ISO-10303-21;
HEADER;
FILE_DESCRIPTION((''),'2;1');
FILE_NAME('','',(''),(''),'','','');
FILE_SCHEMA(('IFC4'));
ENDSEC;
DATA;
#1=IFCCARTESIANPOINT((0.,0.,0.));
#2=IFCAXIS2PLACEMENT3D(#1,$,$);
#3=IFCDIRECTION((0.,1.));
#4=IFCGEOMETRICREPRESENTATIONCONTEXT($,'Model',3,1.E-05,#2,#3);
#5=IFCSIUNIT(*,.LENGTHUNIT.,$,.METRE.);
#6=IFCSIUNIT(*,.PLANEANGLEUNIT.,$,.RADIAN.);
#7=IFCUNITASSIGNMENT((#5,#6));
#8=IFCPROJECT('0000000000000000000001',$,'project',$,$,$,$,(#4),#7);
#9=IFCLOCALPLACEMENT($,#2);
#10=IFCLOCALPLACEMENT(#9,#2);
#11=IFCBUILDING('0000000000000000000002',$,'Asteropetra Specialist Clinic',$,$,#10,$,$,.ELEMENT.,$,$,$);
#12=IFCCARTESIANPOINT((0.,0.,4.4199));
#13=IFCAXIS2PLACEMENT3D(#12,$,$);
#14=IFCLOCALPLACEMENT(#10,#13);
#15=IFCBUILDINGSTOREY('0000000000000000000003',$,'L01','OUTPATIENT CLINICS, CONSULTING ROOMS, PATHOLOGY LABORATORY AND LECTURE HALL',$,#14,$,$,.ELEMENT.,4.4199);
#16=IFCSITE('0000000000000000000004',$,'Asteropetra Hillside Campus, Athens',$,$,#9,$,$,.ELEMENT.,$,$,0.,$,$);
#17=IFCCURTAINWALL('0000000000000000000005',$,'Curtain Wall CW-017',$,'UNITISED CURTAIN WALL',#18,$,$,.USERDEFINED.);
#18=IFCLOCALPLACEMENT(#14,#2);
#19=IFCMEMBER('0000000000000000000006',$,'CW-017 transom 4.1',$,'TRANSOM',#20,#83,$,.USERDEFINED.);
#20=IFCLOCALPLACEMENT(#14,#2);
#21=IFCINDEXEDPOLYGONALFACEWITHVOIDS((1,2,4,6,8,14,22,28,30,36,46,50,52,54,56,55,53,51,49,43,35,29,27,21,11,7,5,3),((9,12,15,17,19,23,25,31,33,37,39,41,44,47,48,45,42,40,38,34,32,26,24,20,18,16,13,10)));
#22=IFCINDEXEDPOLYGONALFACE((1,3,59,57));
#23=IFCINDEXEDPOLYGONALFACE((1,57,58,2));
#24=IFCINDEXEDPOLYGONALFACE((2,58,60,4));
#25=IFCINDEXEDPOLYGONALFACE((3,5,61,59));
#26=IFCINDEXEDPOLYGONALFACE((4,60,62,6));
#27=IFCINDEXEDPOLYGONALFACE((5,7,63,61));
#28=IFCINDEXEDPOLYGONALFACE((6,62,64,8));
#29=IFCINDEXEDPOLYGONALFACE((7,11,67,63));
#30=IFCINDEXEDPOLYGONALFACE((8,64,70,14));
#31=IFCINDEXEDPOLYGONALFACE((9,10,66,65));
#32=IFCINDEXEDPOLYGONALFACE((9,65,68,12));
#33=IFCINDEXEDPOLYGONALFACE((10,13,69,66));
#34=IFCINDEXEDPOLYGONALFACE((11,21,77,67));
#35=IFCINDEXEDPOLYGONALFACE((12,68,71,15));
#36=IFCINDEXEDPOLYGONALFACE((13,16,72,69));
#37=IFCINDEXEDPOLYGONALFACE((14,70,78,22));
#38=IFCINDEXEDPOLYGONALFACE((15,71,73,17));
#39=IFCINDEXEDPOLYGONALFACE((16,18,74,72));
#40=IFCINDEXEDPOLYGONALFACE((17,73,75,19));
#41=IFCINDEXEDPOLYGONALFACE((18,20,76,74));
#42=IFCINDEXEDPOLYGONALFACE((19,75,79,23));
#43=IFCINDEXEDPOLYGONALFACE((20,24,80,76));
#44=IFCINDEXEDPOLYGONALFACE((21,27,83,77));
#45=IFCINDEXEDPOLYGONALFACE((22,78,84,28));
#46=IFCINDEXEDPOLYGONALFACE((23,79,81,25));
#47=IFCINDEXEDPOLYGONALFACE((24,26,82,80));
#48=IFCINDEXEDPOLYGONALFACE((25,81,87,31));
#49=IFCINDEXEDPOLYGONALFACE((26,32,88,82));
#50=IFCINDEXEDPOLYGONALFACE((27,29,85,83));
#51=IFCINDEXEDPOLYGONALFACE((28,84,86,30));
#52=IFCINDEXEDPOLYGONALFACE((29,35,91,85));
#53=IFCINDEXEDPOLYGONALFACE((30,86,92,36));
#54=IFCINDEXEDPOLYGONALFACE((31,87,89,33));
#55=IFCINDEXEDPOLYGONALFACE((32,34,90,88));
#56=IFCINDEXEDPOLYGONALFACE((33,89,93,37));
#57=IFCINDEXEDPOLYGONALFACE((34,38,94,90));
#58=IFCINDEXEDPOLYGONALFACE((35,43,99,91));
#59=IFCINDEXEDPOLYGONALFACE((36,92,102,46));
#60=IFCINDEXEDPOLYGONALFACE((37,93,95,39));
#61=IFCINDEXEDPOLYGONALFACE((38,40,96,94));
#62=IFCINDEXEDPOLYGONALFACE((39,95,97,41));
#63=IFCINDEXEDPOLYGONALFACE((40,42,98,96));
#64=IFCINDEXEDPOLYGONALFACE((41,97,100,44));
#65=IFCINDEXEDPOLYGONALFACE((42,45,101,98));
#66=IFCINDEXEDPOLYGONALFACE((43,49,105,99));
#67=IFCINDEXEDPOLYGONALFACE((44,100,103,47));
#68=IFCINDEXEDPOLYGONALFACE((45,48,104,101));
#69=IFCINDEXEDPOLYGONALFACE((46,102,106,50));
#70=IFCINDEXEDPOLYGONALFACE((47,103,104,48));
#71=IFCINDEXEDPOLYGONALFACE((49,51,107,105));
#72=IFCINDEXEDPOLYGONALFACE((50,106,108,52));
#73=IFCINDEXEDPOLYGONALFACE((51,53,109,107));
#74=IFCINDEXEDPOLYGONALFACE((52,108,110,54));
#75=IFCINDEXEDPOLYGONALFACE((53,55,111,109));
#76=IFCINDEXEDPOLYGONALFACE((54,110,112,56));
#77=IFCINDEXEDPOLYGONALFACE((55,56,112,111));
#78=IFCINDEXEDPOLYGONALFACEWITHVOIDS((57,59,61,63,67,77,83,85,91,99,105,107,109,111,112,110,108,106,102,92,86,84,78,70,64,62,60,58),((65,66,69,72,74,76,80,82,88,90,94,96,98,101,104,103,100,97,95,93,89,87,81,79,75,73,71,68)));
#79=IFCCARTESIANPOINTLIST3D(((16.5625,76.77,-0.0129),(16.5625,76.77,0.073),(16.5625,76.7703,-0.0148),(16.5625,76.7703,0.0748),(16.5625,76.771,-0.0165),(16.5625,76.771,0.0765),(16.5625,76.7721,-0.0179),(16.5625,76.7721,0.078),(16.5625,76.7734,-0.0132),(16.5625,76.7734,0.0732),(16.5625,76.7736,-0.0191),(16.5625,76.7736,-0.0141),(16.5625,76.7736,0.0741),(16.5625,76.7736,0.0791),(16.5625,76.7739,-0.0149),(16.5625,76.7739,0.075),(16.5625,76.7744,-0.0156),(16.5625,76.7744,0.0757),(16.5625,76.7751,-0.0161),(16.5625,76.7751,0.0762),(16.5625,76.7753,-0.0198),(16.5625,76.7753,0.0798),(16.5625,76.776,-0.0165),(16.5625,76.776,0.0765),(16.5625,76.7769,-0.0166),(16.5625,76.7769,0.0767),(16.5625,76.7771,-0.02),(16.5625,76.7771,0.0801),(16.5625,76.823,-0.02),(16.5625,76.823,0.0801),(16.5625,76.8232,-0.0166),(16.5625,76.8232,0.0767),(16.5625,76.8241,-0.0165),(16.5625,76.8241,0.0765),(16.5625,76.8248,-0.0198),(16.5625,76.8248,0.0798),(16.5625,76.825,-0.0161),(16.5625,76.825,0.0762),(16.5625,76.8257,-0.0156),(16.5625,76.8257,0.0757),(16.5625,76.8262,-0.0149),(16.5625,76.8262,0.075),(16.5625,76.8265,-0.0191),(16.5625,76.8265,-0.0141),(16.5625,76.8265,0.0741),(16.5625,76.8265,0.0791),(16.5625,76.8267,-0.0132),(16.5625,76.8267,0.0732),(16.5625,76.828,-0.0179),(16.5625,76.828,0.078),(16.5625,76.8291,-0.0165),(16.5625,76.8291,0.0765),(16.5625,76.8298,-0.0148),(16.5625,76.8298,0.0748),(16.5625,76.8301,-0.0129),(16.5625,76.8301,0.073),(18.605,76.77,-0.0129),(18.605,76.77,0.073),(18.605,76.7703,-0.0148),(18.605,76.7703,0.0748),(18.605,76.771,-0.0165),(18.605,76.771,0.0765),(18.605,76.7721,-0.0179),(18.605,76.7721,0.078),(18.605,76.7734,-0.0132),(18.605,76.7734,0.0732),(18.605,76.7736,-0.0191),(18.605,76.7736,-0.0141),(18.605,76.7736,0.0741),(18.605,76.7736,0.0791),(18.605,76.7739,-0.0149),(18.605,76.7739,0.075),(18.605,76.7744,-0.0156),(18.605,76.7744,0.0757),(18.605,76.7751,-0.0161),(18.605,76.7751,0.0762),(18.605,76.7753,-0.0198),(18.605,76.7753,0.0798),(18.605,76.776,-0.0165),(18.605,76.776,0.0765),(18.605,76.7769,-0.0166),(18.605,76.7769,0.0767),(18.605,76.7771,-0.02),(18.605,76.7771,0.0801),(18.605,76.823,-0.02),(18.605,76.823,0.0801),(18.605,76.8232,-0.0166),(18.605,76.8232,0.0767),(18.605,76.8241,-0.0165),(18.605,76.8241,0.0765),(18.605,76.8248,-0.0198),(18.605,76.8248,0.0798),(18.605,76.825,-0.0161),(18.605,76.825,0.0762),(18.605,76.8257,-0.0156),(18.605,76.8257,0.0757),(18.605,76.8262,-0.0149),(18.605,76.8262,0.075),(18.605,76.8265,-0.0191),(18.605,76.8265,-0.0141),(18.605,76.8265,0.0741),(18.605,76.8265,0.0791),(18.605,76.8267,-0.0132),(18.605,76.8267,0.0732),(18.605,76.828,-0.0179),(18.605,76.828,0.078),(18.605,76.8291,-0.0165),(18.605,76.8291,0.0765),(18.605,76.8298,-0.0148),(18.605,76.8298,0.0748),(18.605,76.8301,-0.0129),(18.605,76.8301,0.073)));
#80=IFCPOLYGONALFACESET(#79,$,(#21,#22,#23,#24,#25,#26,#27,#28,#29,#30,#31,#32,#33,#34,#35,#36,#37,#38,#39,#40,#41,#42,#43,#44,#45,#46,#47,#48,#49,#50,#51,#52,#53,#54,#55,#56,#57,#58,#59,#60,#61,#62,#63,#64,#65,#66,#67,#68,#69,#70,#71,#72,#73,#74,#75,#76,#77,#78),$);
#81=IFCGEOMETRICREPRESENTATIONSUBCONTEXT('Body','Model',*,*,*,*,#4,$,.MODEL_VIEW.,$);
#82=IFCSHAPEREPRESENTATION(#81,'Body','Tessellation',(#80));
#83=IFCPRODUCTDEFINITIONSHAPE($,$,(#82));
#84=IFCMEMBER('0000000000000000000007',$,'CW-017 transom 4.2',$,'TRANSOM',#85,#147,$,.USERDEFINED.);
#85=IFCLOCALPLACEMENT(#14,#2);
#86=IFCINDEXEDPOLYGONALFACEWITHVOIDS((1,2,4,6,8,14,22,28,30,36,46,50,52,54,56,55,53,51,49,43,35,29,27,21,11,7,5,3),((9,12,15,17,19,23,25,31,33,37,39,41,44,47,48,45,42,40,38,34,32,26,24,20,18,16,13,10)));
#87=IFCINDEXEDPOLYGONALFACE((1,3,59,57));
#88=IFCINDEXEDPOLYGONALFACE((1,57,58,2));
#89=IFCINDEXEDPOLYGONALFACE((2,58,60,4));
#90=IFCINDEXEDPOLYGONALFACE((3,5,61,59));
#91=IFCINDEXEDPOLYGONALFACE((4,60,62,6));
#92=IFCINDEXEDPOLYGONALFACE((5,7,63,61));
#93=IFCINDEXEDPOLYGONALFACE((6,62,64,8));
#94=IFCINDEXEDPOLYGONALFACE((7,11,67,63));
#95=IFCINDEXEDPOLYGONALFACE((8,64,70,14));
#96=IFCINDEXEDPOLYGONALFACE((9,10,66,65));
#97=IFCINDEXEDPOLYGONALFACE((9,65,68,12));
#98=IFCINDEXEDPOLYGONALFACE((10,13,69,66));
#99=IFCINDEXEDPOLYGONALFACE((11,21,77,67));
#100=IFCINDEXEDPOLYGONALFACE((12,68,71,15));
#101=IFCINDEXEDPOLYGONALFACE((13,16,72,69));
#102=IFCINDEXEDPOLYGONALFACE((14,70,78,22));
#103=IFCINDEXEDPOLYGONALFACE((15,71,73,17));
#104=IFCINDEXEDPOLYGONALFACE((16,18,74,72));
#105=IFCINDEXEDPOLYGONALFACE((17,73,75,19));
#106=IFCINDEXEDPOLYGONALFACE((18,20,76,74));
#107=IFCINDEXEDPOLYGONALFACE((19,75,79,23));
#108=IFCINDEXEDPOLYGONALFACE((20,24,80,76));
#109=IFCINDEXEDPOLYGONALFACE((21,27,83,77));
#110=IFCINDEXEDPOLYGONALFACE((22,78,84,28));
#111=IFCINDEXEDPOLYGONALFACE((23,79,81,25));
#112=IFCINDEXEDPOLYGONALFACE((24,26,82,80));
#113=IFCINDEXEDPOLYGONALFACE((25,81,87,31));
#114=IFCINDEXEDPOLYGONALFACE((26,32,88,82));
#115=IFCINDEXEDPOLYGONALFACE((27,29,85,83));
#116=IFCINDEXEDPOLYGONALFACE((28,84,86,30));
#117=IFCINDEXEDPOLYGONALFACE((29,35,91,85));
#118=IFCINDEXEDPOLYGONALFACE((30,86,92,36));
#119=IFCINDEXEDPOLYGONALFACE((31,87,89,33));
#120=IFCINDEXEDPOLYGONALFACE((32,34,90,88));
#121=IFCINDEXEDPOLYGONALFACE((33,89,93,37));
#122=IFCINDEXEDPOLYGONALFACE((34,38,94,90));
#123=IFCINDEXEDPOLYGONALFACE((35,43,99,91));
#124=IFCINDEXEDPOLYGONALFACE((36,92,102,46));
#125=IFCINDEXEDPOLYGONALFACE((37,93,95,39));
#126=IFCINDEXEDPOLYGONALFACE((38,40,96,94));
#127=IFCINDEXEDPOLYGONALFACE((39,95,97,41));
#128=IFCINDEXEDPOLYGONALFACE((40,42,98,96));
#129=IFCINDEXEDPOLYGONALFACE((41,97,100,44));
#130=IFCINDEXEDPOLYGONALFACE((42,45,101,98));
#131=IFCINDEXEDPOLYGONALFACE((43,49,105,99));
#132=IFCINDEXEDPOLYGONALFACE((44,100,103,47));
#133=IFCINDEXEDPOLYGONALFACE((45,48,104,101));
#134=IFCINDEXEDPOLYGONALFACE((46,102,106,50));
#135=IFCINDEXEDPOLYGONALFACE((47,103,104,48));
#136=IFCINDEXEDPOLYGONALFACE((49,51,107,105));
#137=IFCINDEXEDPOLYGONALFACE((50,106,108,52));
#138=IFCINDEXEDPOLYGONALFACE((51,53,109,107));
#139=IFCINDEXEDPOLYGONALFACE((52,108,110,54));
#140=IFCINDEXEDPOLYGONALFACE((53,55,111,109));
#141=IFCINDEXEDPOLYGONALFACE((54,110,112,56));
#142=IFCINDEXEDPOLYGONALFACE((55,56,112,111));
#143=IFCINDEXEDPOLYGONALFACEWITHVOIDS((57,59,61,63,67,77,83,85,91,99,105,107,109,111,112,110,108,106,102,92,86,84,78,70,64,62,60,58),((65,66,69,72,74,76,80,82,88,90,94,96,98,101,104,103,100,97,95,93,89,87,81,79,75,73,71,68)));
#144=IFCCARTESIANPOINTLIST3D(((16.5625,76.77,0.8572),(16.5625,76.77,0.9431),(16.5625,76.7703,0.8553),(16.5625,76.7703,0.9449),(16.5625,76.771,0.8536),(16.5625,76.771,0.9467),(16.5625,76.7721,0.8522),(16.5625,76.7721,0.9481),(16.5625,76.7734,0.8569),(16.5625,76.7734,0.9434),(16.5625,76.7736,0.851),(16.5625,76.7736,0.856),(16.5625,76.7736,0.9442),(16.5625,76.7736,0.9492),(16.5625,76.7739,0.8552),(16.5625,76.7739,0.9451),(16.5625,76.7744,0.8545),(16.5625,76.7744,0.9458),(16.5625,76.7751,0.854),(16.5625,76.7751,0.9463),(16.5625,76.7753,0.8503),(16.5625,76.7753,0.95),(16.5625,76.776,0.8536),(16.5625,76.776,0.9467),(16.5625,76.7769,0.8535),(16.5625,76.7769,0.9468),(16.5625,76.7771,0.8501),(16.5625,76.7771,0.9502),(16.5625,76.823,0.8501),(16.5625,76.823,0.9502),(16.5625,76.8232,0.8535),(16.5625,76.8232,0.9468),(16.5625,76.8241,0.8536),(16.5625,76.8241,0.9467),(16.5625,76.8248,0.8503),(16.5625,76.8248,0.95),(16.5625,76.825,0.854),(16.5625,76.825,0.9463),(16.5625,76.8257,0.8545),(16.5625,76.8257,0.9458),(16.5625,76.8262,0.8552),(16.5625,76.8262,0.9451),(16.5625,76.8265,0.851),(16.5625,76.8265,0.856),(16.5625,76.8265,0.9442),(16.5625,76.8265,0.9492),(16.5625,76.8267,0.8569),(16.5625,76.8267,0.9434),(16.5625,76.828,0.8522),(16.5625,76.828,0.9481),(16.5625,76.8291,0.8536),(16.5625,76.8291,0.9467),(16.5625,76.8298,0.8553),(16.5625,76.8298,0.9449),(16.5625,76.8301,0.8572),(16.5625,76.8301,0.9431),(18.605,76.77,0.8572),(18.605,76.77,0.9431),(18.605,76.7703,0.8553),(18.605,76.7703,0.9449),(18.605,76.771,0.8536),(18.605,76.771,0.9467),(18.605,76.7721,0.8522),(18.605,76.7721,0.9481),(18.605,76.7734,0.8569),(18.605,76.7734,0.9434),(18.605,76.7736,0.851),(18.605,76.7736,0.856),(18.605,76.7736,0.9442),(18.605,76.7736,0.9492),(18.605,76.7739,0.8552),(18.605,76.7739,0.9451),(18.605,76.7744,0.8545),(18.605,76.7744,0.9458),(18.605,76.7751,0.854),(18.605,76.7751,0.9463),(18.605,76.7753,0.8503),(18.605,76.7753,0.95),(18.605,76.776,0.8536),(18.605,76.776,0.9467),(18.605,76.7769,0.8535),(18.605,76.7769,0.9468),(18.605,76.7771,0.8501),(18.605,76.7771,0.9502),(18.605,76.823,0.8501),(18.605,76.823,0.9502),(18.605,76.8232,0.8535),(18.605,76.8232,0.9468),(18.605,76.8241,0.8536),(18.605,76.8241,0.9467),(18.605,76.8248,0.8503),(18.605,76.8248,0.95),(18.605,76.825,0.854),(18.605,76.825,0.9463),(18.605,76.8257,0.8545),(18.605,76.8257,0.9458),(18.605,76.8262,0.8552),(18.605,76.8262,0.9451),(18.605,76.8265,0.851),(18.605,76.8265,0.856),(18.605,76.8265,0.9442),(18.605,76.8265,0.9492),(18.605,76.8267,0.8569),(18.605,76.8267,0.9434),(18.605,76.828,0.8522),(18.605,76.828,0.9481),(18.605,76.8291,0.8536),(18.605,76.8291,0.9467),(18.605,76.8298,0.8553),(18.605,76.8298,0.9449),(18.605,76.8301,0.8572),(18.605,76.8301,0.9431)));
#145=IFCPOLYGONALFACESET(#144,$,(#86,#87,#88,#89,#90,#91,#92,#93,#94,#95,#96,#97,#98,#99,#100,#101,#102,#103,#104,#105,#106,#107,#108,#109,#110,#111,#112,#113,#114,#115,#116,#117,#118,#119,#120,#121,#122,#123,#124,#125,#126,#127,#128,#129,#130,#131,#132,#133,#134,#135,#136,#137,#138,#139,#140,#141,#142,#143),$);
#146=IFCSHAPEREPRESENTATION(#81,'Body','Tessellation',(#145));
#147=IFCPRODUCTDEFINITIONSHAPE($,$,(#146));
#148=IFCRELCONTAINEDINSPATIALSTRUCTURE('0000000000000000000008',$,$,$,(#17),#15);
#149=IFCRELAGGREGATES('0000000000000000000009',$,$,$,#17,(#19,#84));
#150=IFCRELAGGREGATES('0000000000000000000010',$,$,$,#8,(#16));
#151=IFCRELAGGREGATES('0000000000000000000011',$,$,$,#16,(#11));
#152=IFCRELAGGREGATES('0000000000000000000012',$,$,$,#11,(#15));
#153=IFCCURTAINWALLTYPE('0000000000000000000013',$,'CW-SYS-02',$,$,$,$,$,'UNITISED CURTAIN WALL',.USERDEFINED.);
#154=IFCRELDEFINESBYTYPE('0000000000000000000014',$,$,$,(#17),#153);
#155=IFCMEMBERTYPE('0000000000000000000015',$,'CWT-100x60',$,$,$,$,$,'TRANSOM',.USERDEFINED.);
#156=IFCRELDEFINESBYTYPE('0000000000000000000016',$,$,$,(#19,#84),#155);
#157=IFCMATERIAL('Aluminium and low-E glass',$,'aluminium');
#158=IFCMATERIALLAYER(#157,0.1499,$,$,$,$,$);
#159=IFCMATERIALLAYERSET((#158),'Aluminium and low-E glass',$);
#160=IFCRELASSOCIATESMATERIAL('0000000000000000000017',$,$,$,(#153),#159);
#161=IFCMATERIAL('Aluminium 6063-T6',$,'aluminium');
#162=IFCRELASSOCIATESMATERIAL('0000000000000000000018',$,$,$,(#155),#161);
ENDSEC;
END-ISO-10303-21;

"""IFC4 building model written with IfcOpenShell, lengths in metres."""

from ifc_helpers import new_model, si_unit, direction, frame, origin, origin_2d, place, context, subcontext, project, spatial, hollow_rectangle, extrude, material, layer, layer_set, material_profile, profile_set, type_object, element, aggregate, save


model = new_model("IFC4")

# Units and contexts
model_context = context("Model", 3, precision=1e-05, world=origin(), true_north=direction((0.0, 1.0)))
body_context = subcontext(model_context, "Body", "Model", "MODEL_VIEW")
ifc_project = project(units=[si_unit("LENGTHUNIT", "METRE"), si_unit("PLANEANGLEUNIT", "RADIAN")], contexts=[model_context])

# Site, building, storey
site_placement = place(None, origin())
site = spatial("IfcSite", under=ifc_project, at=site_placement, Name="Asteropetra Hillside Campus, Athens", CompositionType="ELEMENT", RefElevation=0.0)
building_placement = place(site_placement, origin())
building = spatial("IfcBuilding", under=site, at=building_placement, Name="Asteropetra Specialist Clinic", CompositionType="ELEMENT")
storey_placement = place(building_placement, frame((0.0, 0.0, 4.4199)))
storey = spatial("IfcBuildingStorey", under=building, at=storey_placement, Name="L01", Description="OUTPATIENT CLINICS, CONSULTING ROOMS, PATHOLOGY LABORATORY AND LECTURE HALL", CompositionType="ELEMENT", Elevation=4.4199)

# Curtain wall
ifc_material_1 = material(Name="Aluminium and low-E glass", Category="aluminium")
ifc_layer_1 = layer(ifc_material_1, 0.1499)
ifc_layer_set_1 = layer_set([ifc_layer_1], Name="Aluminium and low-E glass")
curtain_wall_type_1 = type_object("IfcCurtainWallType", Name="CW-SYS-02", ElementType="UNITISED CURTAIN WALL", PredefinedType="USERDEFINED", material=ifc_layer_set_1)
curtain_wall_1_placement = place(storey_placement, origin())
curtain_wall_1 = element("IfcCurtainWall", 1, at=curtain_wall_1_placement, inside=storey, type_object=curtain_wall_type_1, Name="Curtain Wall CW-017", ObjectType="UNITISED CURTAIN WALL", PredefinedType="USERDEFINED")

# Members
ifc_material_2 = material(Name="Aluminium 6063-T6", Category="aluminium")
ifc_material_profile_1 = material_profile(ifc_material_2, hollow_rectangle(XDim=0.0601, YDim=0.1001, WallThickness=0.0034, InnerFilletRadius=0.0034, OuterFilletRadius=0.0071, at=origin_2d()), Name="TRN 100x60x3.5")
ifc_profile_set_1 = profile_set([ifc_material_profile_1], Name="Aluminium 6063-T6")
member_type_1 = type_object("IfcMemberType", Name="CWT-100x60", ElementType="TRANSOM", PredefinedType="USERDEFINED", material=ifc_profile_set_1)
member_1_placement = place(storey_placement, frame((16.5625, 76.8, 0.03), z_axis=(1.0, 0.0, 0.0), x_axis=(0.0, 1.0, 0.0)))
member_1 = element("IfcMember", 2, at=member_1_placement, type_object=member_type_1, Name="CW-017 transom 4.1", ObjectType="TRANSOM", PredefinedType="USERDEFINED", context=body_context, shape_type="SweptSolid", body=[
    extrude(hollow_rectangle(XDim=0.0601, YDim=0.1001, WallThickness=0.0034, InnerFilletRadius=0.0034, OuterFilletRadius=0.0071, at=origin_2d()), origin(), (0.0, 0.0, 1.0), 2.0425),
])
member_2_placement = place(storey_placement, frame((16.5625, 76.8, 0.9001), z_axis=(1.0, 0.0, 0.0), x_axis=(0.0, 1.0, 0.0)))
member_2 = element("IfcMember", 3, at=member_2_placement, type_object=member_type_1, Name="CW-017 transom 4.2", ObjectType="TRANSOM", PredefinedType="USERDEFINED", context=body_context, shape_type="SweptSolid", body=[
    extrude(hollow_rectangle(XDim=0.0601, YDim=0.1001, WallThickness=0.0034, InnerFilletRadius=0.0034, OuterFilletRadius=0.0071, at=origin_2d()), origin(), (0.0, 0.0, 1.0), 2.0425),
])

aggregate(curtain_wall_1, [member_1, member_2])

save(model, "model.ifc")
